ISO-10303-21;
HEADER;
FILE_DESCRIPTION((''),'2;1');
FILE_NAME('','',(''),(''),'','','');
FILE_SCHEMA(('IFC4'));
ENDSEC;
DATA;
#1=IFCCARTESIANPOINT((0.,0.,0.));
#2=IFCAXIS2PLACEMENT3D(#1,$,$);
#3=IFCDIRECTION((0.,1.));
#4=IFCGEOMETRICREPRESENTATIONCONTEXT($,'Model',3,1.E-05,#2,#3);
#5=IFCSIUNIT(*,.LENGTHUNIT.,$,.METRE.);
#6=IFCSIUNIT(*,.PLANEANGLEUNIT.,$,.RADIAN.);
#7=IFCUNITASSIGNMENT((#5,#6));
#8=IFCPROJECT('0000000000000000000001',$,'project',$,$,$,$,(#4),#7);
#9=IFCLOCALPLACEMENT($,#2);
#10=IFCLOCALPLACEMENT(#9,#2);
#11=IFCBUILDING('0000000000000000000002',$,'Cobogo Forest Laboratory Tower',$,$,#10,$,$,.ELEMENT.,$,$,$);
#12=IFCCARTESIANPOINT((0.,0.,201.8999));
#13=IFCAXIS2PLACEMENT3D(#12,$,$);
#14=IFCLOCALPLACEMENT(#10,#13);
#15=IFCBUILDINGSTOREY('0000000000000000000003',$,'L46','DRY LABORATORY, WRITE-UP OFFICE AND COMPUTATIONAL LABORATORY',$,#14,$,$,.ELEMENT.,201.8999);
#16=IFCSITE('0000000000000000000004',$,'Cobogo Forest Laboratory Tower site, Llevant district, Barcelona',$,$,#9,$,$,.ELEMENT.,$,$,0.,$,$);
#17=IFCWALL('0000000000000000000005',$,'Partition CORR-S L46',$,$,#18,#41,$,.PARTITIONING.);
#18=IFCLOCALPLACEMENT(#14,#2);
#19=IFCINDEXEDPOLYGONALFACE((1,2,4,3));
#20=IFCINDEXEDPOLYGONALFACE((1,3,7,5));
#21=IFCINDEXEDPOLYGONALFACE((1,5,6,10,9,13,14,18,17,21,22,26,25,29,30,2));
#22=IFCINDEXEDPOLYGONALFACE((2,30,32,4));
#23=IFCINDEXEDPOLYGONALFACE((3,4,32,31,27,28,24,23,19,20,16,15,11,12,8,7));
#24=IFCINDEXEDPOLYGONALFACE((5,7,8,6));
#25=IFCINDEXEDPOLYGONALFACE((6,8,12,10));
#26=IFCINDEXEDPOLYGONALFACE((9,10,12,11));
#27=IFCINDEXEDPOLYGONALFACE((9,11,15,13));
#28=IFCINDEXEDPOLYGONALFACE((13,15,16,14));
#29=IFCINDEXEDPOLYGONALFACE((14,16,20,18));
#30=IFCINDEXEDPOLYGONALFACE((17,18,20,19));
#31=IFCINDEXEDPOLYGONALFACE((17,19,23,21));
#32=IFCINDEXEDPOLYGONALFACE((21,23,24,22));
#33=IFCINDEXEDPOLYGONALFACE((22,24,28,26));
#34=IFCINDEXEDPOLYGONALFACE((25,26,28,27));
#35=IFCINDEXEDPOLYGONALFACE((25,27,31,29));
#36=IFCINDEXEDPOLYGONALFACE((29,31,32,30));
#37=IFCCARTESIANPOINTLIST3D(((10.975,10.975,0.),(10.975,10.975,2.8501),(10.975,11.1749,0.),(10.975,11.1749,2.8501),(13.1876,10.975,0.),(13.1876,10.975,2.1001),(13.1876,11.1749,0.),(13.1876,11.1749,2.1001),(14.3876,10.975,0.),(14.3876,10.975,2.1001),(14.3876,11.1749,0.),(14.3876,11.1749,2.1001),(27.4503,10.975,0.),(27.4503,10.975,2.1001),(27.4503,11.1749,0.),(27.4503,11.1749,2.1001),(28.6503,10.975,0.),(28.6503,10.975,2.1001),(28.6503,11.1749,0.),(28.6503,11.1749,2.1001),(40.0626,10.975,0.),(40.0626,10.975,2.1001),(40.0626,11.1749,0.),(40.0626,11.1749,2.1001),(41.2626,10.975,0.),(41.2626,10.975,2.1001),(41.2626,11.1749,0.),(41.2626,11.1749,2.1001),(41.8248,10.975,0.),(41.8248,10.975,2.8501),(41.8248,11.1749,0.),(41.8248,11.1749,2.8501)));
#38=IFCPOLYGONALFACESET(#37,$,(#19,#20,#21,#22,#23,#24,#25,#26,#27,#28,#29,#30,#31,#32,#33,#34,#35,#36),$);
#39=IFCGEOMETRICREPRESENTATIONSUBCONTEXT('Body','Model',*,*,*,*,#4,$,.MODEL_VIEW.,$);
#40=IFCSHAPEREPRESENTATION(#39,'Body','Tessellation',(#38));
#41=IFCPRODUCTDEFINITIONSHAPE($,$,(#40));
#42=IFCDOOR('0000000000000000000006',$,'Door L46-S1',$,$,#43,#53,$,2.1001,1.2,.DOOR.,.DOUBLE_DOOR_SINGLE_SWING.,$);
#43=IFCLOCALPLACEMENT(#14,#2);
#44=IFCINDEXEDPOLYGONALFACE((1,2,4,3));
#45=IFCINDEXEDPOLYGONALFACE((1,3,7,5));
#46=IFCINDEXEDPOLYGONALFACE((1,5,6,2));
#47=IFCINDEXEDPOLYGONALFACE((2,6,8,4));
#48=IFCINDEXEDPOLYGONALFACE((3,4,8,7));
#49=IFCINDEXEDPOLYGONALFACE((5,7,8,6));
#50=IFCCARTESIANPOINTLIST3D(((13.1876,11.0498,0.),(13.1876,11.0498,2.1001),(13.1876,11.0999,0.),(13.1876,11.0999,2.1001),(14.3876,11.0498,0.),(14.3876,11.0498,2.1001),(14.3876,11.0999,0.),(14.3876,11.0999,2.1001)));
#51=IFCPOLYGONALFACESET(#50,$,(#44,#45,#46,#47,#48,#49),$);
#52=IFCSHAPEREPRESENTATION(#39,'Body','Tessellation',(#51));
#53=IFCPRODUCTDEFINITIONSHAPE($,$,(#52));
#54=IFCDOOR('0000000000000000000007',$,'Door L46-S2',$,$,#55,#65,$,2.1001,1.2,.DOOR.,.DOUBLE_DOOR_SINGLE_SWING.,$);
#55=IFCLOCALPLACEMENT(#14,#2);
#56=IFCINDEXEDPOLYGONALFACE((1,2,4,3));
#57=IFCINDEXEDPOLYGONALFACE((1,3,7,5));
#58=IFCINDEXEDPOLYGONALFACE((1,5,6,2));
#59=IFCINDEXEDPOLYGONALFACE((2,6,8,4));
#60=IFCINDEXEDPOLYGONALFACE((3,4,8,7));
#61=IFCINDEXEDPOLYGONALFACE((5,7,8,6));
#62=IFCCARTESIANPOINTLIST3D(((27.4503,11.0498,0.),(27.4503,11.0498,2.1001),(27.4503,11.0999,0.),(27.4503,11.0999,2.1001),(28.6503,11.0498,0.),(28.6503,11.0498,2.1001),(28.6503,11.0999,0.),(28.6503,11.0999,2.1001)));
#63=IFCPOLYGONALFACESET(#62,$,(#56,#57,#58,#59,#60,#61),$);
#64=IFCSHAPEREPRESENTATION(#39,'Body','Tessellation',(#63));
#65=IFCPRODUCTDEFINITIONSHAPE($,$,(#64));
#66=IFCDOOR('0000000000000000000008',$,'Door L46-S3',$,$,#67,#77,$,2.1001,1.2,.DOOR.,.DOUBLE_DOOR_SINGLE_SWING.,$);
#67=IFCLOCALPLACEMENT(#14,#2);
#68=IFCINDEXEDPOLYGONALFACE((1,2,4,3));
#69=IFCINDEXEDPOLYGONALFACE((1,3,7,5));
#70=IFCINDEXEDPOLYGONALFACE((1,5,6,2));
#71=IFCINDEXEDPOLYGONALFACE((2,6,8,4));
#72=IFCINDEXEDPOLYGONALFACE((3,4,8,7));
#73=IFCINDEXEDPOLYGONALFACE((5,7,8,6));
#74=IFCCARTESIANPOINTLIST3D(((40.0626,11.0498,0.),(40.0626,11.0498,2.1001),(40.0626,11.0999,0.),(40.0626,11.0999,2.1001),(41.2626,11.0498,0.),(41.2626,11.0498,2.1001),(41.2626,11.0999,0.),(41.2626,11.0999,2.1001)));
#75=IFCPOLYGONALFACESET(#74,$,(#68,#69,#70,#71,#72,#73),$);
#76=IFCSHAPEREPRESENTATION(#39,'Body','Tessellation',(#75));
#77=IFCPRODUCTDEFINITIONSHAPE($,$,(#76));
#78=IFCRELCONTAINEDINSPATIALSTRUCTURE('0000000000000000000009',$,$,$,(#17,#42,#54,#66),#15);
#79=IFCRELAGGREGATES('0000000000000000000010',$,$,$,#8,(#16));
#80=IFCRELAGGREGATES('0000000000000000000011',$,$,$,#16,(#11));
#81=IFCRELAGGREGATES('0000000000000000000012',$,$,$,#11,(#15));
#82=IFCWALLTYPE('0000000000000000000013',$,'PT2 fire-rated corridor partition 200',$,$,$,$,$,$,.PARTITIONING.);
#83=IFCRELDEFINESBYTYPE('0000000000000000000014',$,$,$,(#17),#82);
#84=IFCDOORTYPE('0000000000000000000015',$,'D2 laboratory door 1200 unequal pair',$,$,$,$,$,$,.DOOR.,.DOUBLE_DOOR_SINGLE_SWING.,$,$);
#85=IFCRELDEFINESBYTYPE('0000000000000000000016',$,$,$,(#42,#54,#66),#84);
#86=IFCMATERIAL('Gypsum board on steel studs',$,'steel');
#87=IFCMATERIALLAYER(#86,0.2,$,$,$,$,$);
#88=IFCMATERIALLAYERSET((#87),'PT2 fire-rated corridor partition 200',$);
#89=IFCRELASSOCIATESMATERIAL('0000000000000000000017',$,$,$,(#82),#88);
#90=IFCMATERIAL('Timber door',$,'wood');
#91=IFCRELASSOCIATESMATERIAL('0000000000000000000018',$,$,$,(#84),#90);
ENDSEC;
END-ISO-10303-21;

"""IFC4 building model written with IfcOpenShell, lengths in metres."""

from ifc_helpers import new_model, si_unit, direction, frame, frame_2d, origin, place, context, subcontext, project, spatial, rectangle, extrude, material, layer, layer_set, type_object, element, fill, save


model = new_model("IFC4")

# Units and contexts
model_context = context("Model", 3, precision=1e-05, world=origin(), true_north=direction((0.0, 1.0)))
body_context = subcontext(model_context, "Body", "Model", "MODEL_VIEW")
ifc_project = project(units=[si_unit("LENGTHUNIT", "METRE"), si_unit("PLANEANGLEUNIT", "RADIAN")], contexts=[model_context])

# Site, building, storey
site_placement = place(None, origin())
site = spatial("IfcSite", under=ifc_project, at=site_placement, Name="Cobogo Forest Laboratory Tower site, Llevant district, Barcelona", CompositionType="ELEMENT", RefElevation=0.0)
building_placement = place(site_placement, origin())
building = spatial("IfcBuilding", under=site, at=building_placement, Name="Cobogo Forest Laboratory Tower", CompositionType="ELEMENT")
storey_placement = place(building_placement, frame((0.0, 0.0, 201.8999)))
storey = spatial("IfcBuildingStorey", under=building, at=storey_placement, Name="L46", Description="DRY LABORATORY, WRITE-UP OFFICE AND COMPUTATIONAL LABORATORY", CompositionType="ELEMENT", Elevation=201.8999)

# Shared definitions
ifc_material_1 = material(Name="Gypsum board on steel studs", Category="steel")

# Wall, openings, doors
ifc_layer_1 = layer(ifc_material_1, 0.2)
ifc_layer_set_1 = layer_set([ifc_layer_1], Name="PT2 fire-rated corridor partition 200")
wall_type_1 = type_object("IfcWallType", Name="PT2 fire-rated corridor partition 200", PredefinedType="PARTITIONING", material=ifc_layer_set_1)
wall_1_placement = place(storey_placement, frame((10.9751, 11.075, 0.0), z_axis=(0.0, 0.0, 1.0), x_axis=(1.0, 0.0, 0.0)))
wall_1 = element("IfcWall", 1, at=wall_1_placement, inside=storey, type_object=wall_type_1, Name="Partition CORR-S L46", PredefinedType="PARTITIONING", context=body_context, shape_type="SweptSolid", body=[
    extrude(rectangle(XDim=30.8499, YDim=0.2, at=frame_2d((15.4248, 0.0))), origin(), (0.0, 0.0, 1.0), 2.8501),
])
opening_1_placement = place(wall_1_placement, frame((2.2124, 0.0, 0.0)))
opening_1 = element("IfcOpeningElement", 2, at=opening_1_placement, cuts=wall_1, PredefinedType="OPENING", context=body_context, shape_type="SweptSolid", body=[
    extrude(rectangle(XDim=1.2, YDim=2.1001, at=frame_2d((0.6001, 1.05))), frame((0.0, 0.1099, 0.0), z_axis=(0.0, -1.0, 0.0), x_axis=(1.0, 0.0, 0.0)), (0.0, 0.0, 1.0), 0.22),
])
opening_2_placement = place(wall_1_placement, frame((16.4751, 0.0, 0.0)))
opening_2 = element("IfcOpeningElement", 3, at=opening_2_placement, cuts=wall_1, PredefinedType="OPENING", context=body_context, shape_type="SweptSolid", body=[
    extrude(rectangle(XDim=1.2, YDim=2.1001, at=frame_2d((0.6001, 1.05))), frame((0.0, 0.1099, 0.0), z_axis=(0.0, -1.0, 0.0), x_axis=(1.0, 0.0, 0.0)), (0.0, 0.0, 1.0), 0.22),
])
opening_3_placement = place(wall_1_placement, frame((29.0874, 0.0, 0.0)))
opening_3 = element("IfcOpeningElement", 4, at=opening_3_placement, cuts=wall_1, PredefinedType="OPENING", context=body_context, shape_type="SweptSolid", body=[
    extrude(rectangle(XDim=1.2, YDim=2.1001, at=frame_2d((0.6001, 1.05))), frame((0.0, 0.1099, 0.0), z_axis=(0.0, -1.0, 0.0), x_axis=(1.0, 0.0, 0.0)), (0.0, 0.0, 1.0), 0.22),
])
ifc_material_2 = material(Name="Timber door", Category="wood")
door_type_1 = type_object("IfcDoorType", Name="D2 laboratory door 1200 unequal pair", OperationType="DOUBLE_DOOR_SINGLE_SWING", PredefinedType="DOOR", material=ifc_material_2)
door_1_placement = place(opening_1_placement, origin())
door_1 = element("IfcDoor", 5, at=door_1_placement, inside=storey, type_object=door_type_1, Name="Door L46-S1", OperationType="DOUBLE_DOOR_SINGLE_SWING", OverallHeight=2.1001, OverallWidth=1.2, PredefinedType="DOOR", context=body_context, shape_type="SweptSolid", body=[
    extrude(rectangle(XDim=1.2, YDim=2.1001, at=frame_2d((0.6001, 1.05))), frame((0.0, 0.0249, 0.0), z_axis=(0.0, -1.0, 0.0), x_axis=(1.0, 0.0, 0.0)), (0.0, 0.0, 1.0), 0.05),
])
fill(opening_1, door_1)
door_2_placement = place(opening_2_placement, origin())
door_2 = element("IfcDoor", 6, at=door_2_placement, inside=storey, type_object=door_type_1, Name="Door L46-S2", OperationType="DOUBLE_DOOR_SINGLE_SWING", OverallHeight=2.1001, OverallWidth=1.2, PredefinedType="DOOR", context=body_context, shape_type="SweptSolid", body=[
    extrude(rectangle(XDim=1.2, YDim=2.1001, at=frame_2d((0.6001, 1.05))), frame((0.0, 0.0249, 0.0), z_axis=(0.0, -1.0, 0.0), x_axis=(1.0, 0.0, 0.0)), (0.0, 0.0, 1.0), 0.05),
])
fill(opening_2, door_2)
door_3_placement = place(opening_3_placement, origin())
door_3 = element("IfcDoor", 7, at=door_3_placement, inside=storey, type_object=door_type_1, Name="Door L46-S3", OperationType="DOUBLE_DOOR_SINGLE_SWING", OverallHeight=2.1001, OverallWidth=1.2, PredefinedType="DOOR", context=body_context, shape_type="SweptSolid", body=[
    extrude(rectangle(XDim=1.2, YDim=2.1001, at=frame_2d((0.6001, 1.05))), frame((0.0, 0.0249, 0.0), z_axis=(0.0, -1.0, 0.0), x_axis=(1.0, 0.0, 0.0)), (0.0, 0.0, 1.0), 0.05),
])
fill(opening_3, door_3)

save(model, "model.ifc")
